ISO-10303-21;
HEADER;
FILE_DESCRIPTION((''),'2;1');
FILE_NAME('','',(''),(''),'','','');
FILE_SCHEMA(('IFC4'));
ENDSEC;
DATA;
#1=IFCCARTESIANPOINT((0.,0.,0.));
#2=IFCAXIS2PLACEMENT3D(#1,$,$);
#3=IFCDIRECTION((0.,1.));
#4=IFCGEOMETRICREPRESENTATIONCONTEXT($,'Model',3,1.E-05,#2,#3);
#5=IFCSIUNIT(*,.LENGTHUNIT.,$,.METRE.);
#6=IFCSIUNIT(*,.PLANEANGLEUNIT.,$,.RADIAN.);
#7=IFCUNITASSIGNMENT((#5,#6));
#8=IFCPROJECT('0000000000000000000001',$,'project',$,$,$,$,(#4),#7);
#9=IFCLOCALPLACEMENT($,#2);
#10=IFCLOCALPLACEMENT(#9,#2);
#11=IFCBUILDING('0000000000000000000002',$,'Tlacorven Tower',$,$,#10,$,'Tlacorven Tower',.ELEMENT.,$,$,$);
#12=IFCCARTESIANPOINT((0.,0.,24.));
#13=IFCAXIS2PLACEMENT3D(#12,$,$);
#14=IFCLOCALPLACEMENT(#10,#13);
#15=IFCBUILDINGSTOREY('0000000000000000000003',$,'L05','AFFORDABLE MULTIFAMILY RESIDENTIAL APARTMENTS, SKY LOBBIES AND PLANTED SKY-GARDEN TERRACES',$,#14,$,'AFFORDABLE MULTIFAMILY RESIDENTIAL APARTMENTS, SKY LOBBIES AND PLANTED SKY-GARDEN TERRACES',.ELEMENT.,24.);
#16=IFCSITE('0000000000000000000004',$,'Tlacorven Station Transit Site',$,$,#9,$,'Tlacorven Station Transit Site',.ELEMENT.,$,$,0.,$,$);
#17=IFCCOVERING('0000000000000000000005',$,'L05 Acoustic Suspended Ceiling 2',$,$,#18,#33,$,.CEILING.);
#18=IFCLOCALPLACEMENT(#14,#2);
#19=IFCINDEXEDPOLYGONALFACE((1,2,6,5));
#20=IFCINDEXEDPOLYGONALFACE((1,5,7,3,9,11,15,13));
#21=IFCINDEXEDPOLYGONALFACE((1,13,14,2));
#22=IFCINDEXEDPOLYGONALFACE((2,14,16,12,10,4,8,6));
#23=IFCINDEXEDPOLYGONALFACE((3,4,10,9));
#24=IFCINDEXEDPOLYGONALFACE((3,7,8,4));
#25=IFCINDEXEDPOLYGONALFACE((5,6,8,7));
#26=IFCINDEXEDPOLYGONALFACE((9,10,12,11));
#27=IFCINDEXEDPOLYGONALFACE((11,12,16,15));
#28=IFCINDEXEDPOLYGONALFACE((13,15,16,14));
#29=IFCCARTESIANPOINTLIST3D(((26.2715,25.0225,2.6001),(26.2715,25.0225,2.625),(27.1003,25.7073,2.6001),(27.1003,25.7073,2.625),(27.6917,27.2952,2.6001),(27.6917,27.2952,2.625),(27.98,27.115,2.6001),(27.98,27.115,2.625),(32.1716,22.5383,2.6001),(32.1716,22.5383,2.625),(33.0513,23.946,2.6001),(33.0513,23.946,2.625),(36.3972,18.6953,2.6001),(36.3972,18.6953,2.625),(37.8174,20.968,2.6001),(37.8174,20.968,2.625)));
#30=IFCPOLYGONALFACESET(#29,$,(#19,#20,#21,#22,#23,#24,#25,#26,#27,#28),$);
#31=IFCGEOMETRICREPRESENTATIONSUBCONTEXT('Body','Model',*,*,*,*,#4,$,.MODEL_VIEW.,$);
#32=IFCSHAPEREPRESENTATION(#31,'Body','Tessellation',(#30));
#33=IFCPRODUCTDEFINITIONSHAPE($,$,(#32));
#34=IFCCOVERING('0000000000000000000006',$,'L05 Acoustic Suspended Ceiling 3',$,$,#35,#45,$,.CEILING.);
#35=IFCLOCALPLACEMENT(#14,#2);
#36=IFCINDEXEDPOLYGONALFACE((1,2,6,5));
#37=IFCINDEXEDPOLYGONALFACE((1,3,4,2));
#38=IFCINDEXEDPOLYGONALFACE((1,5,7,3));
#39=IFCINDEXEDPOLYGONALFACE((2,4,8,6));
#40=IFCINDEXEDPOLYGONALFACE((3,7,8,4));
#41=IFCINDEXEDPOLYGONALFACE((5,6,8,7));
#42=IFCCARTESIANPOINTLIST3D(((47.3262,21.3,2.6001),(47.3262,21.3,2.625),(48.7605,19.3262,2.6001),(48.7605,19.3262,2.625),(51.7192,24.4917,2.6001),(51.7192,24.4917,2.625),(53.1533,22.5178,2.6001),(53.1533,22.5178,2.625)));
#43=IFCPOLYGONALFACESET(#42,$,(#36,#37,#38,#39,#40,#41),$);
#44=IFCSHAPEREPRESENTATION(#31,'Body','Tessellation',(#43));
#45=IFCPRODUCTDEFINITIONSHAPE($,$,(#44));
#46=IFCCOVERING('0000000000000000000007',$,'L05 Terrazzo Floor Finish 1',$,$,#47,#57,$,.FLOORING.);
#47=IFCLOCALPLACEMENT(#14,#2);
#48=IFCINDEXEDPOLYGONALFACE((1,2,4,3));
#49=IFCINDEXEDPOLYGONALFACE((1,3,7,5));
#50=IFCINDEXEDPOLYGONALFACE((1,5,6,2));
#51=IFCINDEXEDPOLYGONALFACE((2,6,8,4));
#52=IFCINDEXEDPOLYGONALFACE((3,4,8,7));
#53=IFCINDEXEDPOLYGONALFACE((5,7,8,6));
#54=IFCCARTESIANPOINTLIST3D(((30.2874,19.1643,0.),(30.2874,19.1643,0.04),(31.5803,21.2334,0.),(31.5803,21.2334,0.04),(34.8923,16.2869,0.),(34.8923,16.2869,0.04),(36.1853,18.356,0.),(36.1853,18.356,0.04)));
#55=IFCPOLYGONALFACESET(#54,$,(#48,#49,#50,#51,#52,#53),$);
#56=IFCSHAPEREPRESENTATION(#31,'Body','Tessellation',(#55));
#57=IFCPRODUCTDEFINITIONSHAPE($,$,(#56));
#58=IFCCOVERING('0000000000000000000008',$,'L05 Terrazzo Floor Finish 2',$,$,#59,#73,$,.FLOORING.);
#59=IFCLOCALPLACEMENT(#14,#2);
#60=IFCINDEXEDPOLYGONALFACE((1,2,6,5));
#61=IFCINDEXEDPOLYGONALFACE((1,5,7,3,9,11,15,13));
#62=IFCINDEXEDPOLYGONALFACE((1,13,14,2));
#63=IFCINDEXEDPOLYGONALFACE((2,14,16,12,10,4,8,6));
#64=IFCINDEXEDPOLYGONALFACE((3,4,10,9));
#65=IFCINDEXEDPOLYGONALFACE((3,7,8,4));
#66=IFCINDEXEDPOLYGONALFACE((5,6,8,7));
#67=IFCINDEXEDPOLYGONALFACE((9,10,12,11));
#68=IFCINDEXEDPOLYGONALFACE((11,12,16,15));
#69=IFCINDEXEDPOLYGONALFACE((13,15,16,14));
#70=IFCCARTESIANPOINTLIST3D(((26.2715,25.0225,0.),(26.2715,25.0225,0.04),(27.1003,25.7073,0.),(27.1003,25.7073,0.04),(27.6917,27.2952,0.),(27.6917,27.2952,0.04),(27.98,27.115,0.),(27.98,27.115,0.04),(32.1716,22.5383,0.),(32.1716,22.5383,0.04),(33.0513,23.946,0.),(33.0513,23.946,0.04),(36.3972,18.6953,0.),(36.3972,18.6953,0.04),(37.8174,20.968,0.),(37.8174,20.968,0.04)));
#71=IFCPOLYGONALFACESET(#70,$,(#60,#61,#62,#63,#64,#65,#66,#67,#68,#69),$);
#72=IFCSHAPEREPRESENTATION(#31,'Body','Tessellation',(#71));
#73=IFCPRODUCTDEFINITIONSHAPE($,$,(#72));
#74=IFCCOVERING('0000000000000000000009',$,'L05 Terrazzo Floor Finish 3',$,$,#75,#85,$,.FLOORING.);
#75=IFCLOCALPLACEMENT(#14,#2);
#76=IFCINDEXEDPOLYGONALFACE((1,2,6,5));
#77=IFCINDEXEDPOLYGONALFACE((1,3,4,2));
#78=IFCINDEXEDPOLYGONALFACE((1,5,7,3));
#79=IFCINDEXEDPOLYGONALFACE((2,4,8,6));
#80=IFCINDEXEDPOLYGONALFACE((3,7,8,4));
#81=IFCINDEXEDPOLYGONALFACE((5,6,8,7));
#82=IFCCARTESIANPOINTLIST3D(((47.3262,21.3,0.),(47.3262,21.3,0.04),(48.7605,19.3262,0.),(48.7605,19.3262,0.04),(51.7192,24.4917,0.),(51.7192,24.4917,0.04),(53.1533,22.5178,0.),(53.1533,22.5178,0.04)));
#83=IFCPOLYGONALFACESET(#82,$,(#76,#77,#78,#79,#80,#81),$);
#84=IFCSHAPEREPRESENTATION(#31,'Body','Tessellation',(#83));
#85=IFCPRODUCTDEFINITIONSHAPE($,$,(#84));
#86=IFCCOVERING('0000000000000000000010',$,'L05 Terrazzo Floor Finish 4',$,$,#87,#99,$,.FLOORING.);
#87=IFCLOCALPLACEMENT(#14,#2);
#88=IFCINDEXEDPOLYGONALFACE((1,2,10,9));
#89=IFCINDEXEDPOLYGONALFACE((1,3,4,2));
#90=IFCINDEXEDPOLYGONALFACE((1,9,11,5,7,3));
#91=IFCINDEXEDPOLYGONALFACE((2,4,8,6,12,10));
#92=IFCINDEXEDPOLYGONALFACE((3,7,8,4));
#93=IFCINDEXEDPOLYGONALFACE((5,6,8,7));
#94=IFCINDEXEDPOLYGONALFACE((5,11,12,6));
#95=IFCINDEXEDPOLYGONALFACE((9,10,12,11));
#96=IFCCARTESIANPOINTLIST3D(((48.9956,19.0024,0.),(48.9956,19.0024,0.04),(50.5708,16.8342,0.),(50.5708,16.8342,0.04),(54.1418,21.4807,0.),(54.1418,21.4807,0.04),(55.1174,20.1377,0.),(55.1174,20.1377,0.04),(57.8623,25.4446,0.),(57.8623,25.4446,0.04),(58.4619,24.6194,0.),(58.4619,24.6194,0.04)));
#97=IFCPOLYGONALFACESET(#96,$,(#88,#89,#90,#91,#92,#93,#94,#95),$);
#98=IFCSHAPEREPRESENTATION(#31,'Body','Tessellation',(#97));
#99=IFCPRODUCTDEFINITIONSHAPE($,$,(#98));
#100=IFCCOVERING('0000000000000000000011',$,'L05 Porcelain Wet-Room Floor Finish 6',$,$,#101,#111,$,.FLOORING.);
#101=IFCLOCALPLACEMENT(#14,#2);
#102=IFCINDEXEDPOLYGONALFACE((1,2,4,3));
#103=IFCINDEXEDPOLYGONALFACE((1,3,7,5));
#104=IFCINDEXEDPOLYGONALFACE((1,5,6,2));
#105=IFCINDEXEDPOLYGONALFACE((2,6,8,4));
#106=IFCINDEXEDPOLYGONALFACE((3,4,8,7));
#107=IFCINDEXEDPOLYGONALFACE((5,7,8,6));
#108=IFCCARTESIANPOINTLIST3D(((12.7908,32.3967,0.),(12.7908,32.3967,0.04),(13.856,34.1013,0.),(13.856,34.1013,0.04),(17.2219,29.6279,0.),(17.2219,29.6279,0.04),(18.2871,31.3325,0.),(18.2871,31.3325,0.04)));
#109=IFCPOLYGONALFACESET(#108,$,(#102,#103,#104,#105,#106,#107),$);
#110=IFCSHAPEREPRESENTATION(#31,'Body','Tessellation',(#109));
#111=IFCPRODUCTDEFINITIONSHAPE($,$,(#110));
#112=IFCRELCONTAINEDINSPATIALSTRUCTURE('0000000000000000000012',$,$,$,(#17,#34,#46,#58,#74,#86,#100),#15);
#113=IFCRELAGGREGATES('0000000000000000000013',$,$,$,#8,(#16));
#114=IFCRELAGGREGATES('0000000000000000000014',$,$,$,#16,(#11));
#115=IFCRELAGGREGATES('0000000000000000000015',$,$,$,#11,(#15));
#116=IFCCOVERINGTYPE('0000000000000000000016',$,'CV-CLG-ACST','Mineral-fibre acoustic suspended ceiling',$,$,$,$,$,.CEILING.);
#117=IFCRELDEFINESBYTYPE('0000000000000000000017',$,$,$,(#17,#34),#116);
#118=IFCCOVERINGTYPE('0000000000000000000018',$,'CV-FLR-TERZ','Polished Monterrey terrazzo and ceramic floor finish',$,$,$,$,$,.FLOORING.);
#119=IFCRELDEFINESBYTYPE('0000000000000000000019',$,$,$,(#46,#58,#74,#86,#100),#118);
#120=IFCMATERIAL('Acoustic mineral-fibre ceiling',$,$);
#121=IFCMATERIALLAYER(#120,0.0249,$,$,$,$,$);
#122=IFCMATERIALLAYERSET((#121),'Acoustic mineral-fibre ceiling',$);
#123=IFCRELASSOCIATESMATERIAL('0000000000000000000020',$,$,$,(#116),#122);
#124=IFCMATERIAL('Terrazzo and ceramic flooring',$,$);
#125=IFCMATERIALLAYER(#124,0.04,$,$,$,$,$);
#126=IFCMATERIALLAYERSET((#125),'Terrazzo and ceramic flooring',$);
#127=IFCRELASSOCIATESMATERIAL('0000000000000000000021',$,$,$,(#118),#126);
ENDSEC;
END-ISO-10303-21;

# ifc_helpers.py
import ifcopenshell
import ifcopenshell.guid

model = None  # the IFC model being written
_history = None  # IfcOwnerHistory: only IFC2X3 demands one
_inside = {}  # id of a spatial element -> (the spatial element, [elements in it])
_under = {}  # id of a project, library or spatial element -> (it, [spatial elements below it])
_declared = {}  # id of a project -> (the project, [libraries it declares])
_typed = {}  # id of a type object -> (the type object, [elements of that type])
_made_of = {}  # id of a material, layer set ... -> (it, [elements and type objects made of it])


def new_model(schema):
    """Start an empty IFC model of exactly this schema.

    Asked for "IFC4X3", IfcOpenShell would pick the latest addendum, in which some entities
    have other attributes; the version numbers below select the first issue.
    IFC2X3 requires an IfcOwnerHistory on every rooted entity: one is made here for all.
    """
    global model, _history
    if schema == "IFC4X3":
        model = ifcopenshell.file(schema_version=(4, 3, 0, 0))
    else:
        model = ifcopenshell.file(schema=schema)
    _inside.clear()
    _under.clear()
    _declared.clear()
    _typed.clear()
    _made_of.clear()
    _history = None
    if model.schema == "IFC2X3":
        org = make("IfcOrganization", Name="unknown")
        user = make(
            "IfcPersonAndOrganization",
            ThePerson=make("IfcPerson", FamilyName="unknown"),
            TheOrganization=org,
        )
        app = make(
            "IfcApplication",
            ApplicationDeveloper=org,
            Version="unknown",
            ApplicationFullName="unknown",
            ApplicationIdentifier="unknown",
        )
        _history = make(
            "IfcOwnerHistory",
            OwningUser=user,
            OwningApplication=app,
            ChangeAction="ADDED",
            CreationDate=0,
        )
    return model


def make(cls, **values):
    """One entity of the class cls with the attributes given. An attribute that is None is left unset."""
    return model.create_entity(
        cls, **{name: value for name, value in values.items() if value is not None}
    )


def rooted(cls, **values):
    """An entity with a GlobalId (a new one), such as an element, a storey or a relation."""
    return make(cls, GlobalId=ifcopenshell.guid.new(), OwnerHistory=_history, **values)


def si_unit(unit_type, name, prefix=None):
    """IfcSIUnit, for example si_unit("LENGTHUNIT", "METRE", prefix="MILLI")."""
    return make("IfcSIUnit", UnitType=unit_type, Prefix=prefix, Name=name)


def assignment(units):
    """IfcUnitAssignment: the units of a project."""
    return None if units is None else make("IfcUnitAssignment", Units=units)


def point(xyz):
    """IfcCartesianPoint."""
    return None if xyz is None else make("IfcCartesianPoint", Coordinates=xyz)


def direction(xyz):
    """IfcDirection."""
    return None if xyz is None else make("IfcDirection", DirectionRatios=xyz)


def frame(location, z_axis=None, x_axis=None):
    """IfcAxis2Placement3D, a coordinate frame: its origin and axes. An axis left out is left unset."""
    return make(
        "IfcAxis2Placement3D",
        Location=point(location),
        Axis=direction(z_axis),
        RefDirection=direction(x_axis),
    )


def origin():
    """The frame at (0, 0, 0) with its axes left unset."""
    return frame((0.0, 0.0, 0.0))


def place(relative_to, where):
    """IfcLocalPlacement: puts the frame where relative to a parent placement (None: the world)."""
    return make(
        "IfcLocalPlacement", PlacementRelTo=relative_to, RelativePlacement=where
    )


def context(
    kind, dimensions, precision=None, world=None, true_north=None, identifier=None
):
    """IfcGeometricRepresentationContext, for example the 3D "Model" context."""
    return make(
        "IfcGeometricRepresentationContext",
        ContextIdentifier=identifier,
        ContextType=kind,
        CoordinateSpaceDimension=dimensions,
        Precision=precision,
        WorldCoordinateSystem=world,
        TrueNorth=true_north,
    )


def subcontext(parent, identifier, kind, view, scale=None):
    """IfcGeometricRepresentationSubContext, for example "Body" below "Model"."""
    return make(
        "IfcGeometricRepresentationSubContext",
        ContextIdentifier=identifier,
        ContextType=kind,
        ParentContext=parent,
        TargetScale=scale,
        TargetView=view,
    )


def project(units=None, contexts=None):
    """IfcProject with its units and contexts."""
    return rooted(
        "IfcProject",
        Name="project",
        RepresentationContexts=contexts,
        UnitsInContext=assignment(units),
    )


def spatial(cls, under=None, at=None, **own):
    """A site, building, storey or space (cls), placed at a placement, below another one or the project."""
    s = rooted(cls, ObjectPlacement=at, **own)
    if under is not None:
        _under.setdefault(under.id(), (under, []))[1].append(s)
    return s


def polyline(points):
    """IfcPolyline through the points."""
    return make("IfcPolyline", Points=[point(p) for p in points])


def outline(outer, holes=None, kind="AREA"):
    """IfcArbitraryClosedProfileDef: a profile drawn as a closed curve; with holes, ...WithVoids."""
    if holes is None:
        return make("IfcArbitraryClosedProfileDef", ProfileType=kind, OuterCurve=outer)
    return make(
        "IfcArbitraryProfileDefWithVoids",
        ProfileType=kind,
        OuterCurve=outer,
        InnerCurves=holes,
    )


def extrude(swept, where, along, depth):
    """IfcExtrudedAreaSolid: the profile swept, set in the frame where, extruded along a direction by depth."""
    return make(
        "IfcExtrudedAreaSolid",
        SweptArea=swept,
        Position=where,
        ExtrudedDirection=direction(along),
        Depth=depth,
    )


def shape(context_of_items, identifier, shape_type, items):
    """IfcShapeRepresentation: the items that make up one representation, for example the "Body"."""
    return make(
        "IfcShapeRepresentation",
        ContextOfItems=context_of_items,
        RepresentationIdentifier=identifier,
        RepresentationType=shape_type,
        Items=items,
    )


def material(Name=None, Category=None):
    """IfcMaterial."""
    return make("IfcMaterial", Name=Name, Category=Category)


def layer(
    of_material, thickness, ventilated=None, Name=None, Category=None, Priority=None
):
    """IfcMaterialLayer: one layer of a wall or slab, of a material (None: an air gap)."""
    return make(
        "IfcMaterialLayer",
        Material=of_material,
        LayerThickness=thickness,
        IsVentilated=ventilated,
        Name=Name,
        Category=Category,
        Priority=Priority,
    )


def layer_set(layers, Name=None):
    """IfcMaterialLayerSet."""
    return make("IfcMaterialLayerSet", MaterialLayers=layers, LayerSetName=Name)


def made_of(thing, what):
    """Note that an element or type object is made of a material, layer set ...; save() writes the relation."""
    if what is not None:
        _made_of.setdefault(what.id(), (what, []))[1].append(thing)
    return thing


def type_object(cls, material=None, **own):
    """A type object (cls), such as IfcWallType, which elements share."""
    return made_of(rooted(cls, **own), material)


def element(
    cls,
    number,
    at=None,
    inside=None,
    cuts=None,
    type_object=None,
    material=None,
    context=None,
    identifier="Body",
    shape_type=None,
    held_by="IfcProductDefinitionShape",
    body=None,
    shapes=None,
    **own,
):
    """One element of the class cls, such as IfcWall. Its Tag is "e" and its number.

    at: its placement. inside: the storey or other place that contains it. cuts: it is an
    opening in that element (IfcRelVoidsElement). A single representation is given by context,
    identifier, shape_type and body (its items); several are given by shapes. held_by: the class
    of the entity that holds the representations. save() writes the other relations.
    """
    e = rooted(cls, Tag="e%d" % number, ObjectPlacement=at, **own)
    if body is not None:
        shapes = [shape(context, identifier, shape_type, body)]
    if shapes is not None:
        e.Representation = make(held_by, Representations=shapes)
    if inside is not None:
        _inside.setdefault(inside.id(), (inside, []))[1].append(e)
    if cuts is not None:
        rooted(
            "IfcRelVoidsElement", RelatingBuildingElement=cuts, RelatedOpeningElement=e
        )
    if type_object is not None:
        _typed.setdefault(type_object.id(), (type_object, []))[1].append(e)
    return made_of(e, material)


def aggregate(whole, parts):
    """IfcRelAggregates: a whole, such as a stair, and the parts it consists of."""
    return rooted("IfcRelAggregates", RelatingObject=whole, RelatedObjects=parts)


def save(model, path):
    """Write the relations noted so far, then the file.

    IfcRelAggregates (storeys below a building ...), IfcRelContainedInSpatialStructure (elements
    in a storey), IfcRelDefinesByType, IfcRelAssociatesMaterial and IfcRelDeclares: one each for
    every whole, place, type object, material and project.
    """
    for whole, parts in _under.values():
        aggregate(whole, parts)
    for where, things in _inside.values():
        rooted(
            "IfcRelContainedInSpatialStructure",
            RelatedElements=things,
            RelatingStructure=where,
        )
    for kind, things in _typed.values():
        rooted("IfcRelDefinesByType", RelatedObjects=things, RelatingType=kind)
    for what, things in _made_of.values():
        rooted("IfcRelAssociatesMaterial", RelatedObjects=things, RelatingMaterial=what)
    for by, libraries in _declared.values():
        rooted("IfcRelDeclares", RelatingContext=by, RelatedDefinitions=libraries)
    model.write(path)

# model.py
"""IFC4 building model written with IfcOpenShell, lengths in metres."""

from ifc_helpers import new_model, si_unit, direction, frame, origin, place, context, subcontext, project, spatial, polyline, outline, extrude, material, layer, layer_set, type_object, element, save


model = new_model("IFC4")

# Units and contexts
model_context = context("Model", 3, precision=1e-05, world=origin(), true_north=direction((0.0, 1.0)))
body_context = subcontext(model_context, "Body", "Model", "MODEL_VIEW")
ifc_project = project(units=[si_unit("LENGTHUNIT", "METRE"), si_unit("PLANEANGLEUNIT", "RADIAN")], contexts=[model_context])

# Site, building, storey
site_placement = place(None, origin())
site = spatial("IfcSite", under=ifc_project, at=site_placement, Name="Tlacorven Station Transit Site", LongName="Tlacorven Station Transit Site", CompositionType="ELEMENT", RefElevation=0.0)
building_placement = place(site_placement, origin())
building = spatial("IfcBuilding", under=site, at=building_placement, Name="Tlacorven Tower", LongName="Tlacorven Tower", CompositionType="ELEMENT")
storey_placement = place(building_placement, frame((0.0, 0.0, 24.0)))
storey = spatial("IfcBuildingStorey", under=building, at=storey_placement, Name="L05", Description="AFFORDABLE MULTIFAMILY RESIDENTIAL APARTMENTS, SKY LOBBIES AND PLANTED SKY-GARDEN TERRACES", LongName="AFFORDABLE MULTIFAMILY RESIDENTIAL APARTMENTS, SKY LOBBIES AND PLANTED SKY-GARDEN TERRACES", CompositionType="ELEMENT", Elevation=24.0)

# Coverings
ifc_material_1 = material(Name="Acoustic mineral-fibre ceiling")
ifc_layer_1 = layer(ifc_material_1, 0.0249)
ifc_layer_set_1 = layer_set([ifc_layer_1], Name="Acoustic mineral-fibre ceiling")
covering_type_1 = type_object("IfcCoveringType", Name="CV-CLG-ACST", Description="Mineral-fibre acoustic suspended ceiling", PredefinedType="CEILING", material=ifc_layer_set_1)
covering_1_placement = place(storey_placement, frame((0.0, 0.0, 2.6001)))
element("IfcCovering", 1, at=covering_1_placement, inside=storey, type_object=covering_type_1, Name="L05 Acoustic Suspended Ceiling 2", PredefinedType="CEILING", context=body_context, shape_type="SweptSolid", body=[
    extrude(outline(polyline([(37.8174, 20.968), (36.3972, 18.6953), (26.2715, 25.0225), (27.6917, 27.2952), (27.98, 27.115), (27.1003, 25.7073), (32.1716, 22.5383), (33.0513, 23.946), (37.8174, 20.968)])), origin(), (0.0, 0.0, 1.0), 0.0249),
])
covering_2_placement = place(storey_placement, frame((0.0, 0.0, 2.6001)))
element("IfcCovering", 2, at=covering_2_placement, inside=storey, type_object=covering_type_1, Name="L05 Acoustic Suspended Ceiling 3", PredefinedType="CEILING", context=body_context, shape_type="SweptSolid", body=[
    extrude(outline(polyline([(48.7605, 19.3262), (47.3262, 21.3), (51.7192, 24.4917), (53.1533, 22.5178), (48.7605, 19.3262)])), origin(), (0.0, 0.0, 1.0), 0.0249),
])
ifc_material_2 = material(Name="Terrazzo and ceramic flooring")
ifc_layer_2 = layer(ifc_material_2, 0.04)
ifc_layer_set_2 = layer_set([ifc_layer_2], Name="Terrazzo and ceramic flooring")
covering_type_2 = type_object("IfcCoveringType", Name="CV-FLR-TERZ", Description="Polished Monterrey terrazzo and ceramic floor finish", PredefinedType="FLOORING", material=ifc_layer_set_2)
covering_3_placement = place(storey_placement, origin())
element("IfcCovering", 3, at=covering_3_placement, inside=storey, type_object=covering_type_2, Name="L05 Terrazzo Floor Finish 1", PredefinedType="FLOORING", context=body_context, shape_type="SweptSolid", body=[
    extrude(outline(polyline([(36.1853, 18.356), (34.8923, 16.2869), (30.2874, 19.1643), (31.5803, 21.2334), (36.1853, 18.356)])), origin(), (0.0, 0.0, 1.0), 0.04),
])
covering_4_placement = place(storey_placement, origin())
element("IfcCovering", 4, at=covering_4_placement, inside=storey, type_object=covering_type_2, Name="L05 Terrazzo Floor Finish 2", PredefinedType="FLOORING", context=body_context, shape_type="SweptSolid", body=[
    extrude(outline(polyline([(37.8174, 20.968), (36.3972, 18.6953), (26.2715, 25.0225), (27.6917, 27.2952), (27.98, 27.115), (27.1003, 25.7073), (32.1716, 22.5383), (33.0513, 23.946), (37.8174, 20.968)])), origin(), (0.0, 0.0, 1.0), 0.04),
])
covering_5_placement = place(storey_placement, origin())
element("IfcCovering", 5, at=covering_5_placement, inside=storey, type_object=covering_type_2, Name="L05 Terrazzo Floor Finish 3", PredefinedType="FLOORING", context=body_context, shape_type="SweptSolid", body=[
    extrude(outline(polyline([(48.7605, 19.3262), (47.3262, 21.3), (51.7192, 24.4917), (53.1533, 22.5178), (48.7605, 19.3262)])), origin(), (0.0, 0.0, 1.0), 0.04),
])
covering_6_placement = place(storey_placement, origin())
element("IfcCovering", 6, at=covering_6_placement, inside=storey, type_object=covering_type_2, Name="L05 Terrazzo Floor Finish 4", PredefinedType="FLOORING", context=body_context, shape_type="SweptSolid", body=[
    extrude(outline(polyline([(50.5708, 16.8342), (48.9956, 19.0024), (57.8623, 25.4446), (58.4619, 24.6194), (54.1418, 21.4807), (55.1174, 20.1377), (50.5708, 16.8342)])), origin(), (0.0, 0.0, 1.0), 0.04),
])
covering_7_placement = place(storey_placement, origin())
element("IfcCovering", 7, at=covering_7_placement, inside=storey, type_object=covering_type_2, Name="L05 Porcelain Wet-Room Floor Finish 6", PredefinedType="FLOORING", context=body_context, shape_type="SweptSolid", body=[
    extrude(outline(polyline([(17.2219, 29.6279), (12.7908, 32.3967), (13.856, 34.1013), (18.2871, 31.3325), (17.2219, 29.6279)])), origin(), (0.0, 0.0, 1.0), 0.04),
])

save(model, "model.ifc")
